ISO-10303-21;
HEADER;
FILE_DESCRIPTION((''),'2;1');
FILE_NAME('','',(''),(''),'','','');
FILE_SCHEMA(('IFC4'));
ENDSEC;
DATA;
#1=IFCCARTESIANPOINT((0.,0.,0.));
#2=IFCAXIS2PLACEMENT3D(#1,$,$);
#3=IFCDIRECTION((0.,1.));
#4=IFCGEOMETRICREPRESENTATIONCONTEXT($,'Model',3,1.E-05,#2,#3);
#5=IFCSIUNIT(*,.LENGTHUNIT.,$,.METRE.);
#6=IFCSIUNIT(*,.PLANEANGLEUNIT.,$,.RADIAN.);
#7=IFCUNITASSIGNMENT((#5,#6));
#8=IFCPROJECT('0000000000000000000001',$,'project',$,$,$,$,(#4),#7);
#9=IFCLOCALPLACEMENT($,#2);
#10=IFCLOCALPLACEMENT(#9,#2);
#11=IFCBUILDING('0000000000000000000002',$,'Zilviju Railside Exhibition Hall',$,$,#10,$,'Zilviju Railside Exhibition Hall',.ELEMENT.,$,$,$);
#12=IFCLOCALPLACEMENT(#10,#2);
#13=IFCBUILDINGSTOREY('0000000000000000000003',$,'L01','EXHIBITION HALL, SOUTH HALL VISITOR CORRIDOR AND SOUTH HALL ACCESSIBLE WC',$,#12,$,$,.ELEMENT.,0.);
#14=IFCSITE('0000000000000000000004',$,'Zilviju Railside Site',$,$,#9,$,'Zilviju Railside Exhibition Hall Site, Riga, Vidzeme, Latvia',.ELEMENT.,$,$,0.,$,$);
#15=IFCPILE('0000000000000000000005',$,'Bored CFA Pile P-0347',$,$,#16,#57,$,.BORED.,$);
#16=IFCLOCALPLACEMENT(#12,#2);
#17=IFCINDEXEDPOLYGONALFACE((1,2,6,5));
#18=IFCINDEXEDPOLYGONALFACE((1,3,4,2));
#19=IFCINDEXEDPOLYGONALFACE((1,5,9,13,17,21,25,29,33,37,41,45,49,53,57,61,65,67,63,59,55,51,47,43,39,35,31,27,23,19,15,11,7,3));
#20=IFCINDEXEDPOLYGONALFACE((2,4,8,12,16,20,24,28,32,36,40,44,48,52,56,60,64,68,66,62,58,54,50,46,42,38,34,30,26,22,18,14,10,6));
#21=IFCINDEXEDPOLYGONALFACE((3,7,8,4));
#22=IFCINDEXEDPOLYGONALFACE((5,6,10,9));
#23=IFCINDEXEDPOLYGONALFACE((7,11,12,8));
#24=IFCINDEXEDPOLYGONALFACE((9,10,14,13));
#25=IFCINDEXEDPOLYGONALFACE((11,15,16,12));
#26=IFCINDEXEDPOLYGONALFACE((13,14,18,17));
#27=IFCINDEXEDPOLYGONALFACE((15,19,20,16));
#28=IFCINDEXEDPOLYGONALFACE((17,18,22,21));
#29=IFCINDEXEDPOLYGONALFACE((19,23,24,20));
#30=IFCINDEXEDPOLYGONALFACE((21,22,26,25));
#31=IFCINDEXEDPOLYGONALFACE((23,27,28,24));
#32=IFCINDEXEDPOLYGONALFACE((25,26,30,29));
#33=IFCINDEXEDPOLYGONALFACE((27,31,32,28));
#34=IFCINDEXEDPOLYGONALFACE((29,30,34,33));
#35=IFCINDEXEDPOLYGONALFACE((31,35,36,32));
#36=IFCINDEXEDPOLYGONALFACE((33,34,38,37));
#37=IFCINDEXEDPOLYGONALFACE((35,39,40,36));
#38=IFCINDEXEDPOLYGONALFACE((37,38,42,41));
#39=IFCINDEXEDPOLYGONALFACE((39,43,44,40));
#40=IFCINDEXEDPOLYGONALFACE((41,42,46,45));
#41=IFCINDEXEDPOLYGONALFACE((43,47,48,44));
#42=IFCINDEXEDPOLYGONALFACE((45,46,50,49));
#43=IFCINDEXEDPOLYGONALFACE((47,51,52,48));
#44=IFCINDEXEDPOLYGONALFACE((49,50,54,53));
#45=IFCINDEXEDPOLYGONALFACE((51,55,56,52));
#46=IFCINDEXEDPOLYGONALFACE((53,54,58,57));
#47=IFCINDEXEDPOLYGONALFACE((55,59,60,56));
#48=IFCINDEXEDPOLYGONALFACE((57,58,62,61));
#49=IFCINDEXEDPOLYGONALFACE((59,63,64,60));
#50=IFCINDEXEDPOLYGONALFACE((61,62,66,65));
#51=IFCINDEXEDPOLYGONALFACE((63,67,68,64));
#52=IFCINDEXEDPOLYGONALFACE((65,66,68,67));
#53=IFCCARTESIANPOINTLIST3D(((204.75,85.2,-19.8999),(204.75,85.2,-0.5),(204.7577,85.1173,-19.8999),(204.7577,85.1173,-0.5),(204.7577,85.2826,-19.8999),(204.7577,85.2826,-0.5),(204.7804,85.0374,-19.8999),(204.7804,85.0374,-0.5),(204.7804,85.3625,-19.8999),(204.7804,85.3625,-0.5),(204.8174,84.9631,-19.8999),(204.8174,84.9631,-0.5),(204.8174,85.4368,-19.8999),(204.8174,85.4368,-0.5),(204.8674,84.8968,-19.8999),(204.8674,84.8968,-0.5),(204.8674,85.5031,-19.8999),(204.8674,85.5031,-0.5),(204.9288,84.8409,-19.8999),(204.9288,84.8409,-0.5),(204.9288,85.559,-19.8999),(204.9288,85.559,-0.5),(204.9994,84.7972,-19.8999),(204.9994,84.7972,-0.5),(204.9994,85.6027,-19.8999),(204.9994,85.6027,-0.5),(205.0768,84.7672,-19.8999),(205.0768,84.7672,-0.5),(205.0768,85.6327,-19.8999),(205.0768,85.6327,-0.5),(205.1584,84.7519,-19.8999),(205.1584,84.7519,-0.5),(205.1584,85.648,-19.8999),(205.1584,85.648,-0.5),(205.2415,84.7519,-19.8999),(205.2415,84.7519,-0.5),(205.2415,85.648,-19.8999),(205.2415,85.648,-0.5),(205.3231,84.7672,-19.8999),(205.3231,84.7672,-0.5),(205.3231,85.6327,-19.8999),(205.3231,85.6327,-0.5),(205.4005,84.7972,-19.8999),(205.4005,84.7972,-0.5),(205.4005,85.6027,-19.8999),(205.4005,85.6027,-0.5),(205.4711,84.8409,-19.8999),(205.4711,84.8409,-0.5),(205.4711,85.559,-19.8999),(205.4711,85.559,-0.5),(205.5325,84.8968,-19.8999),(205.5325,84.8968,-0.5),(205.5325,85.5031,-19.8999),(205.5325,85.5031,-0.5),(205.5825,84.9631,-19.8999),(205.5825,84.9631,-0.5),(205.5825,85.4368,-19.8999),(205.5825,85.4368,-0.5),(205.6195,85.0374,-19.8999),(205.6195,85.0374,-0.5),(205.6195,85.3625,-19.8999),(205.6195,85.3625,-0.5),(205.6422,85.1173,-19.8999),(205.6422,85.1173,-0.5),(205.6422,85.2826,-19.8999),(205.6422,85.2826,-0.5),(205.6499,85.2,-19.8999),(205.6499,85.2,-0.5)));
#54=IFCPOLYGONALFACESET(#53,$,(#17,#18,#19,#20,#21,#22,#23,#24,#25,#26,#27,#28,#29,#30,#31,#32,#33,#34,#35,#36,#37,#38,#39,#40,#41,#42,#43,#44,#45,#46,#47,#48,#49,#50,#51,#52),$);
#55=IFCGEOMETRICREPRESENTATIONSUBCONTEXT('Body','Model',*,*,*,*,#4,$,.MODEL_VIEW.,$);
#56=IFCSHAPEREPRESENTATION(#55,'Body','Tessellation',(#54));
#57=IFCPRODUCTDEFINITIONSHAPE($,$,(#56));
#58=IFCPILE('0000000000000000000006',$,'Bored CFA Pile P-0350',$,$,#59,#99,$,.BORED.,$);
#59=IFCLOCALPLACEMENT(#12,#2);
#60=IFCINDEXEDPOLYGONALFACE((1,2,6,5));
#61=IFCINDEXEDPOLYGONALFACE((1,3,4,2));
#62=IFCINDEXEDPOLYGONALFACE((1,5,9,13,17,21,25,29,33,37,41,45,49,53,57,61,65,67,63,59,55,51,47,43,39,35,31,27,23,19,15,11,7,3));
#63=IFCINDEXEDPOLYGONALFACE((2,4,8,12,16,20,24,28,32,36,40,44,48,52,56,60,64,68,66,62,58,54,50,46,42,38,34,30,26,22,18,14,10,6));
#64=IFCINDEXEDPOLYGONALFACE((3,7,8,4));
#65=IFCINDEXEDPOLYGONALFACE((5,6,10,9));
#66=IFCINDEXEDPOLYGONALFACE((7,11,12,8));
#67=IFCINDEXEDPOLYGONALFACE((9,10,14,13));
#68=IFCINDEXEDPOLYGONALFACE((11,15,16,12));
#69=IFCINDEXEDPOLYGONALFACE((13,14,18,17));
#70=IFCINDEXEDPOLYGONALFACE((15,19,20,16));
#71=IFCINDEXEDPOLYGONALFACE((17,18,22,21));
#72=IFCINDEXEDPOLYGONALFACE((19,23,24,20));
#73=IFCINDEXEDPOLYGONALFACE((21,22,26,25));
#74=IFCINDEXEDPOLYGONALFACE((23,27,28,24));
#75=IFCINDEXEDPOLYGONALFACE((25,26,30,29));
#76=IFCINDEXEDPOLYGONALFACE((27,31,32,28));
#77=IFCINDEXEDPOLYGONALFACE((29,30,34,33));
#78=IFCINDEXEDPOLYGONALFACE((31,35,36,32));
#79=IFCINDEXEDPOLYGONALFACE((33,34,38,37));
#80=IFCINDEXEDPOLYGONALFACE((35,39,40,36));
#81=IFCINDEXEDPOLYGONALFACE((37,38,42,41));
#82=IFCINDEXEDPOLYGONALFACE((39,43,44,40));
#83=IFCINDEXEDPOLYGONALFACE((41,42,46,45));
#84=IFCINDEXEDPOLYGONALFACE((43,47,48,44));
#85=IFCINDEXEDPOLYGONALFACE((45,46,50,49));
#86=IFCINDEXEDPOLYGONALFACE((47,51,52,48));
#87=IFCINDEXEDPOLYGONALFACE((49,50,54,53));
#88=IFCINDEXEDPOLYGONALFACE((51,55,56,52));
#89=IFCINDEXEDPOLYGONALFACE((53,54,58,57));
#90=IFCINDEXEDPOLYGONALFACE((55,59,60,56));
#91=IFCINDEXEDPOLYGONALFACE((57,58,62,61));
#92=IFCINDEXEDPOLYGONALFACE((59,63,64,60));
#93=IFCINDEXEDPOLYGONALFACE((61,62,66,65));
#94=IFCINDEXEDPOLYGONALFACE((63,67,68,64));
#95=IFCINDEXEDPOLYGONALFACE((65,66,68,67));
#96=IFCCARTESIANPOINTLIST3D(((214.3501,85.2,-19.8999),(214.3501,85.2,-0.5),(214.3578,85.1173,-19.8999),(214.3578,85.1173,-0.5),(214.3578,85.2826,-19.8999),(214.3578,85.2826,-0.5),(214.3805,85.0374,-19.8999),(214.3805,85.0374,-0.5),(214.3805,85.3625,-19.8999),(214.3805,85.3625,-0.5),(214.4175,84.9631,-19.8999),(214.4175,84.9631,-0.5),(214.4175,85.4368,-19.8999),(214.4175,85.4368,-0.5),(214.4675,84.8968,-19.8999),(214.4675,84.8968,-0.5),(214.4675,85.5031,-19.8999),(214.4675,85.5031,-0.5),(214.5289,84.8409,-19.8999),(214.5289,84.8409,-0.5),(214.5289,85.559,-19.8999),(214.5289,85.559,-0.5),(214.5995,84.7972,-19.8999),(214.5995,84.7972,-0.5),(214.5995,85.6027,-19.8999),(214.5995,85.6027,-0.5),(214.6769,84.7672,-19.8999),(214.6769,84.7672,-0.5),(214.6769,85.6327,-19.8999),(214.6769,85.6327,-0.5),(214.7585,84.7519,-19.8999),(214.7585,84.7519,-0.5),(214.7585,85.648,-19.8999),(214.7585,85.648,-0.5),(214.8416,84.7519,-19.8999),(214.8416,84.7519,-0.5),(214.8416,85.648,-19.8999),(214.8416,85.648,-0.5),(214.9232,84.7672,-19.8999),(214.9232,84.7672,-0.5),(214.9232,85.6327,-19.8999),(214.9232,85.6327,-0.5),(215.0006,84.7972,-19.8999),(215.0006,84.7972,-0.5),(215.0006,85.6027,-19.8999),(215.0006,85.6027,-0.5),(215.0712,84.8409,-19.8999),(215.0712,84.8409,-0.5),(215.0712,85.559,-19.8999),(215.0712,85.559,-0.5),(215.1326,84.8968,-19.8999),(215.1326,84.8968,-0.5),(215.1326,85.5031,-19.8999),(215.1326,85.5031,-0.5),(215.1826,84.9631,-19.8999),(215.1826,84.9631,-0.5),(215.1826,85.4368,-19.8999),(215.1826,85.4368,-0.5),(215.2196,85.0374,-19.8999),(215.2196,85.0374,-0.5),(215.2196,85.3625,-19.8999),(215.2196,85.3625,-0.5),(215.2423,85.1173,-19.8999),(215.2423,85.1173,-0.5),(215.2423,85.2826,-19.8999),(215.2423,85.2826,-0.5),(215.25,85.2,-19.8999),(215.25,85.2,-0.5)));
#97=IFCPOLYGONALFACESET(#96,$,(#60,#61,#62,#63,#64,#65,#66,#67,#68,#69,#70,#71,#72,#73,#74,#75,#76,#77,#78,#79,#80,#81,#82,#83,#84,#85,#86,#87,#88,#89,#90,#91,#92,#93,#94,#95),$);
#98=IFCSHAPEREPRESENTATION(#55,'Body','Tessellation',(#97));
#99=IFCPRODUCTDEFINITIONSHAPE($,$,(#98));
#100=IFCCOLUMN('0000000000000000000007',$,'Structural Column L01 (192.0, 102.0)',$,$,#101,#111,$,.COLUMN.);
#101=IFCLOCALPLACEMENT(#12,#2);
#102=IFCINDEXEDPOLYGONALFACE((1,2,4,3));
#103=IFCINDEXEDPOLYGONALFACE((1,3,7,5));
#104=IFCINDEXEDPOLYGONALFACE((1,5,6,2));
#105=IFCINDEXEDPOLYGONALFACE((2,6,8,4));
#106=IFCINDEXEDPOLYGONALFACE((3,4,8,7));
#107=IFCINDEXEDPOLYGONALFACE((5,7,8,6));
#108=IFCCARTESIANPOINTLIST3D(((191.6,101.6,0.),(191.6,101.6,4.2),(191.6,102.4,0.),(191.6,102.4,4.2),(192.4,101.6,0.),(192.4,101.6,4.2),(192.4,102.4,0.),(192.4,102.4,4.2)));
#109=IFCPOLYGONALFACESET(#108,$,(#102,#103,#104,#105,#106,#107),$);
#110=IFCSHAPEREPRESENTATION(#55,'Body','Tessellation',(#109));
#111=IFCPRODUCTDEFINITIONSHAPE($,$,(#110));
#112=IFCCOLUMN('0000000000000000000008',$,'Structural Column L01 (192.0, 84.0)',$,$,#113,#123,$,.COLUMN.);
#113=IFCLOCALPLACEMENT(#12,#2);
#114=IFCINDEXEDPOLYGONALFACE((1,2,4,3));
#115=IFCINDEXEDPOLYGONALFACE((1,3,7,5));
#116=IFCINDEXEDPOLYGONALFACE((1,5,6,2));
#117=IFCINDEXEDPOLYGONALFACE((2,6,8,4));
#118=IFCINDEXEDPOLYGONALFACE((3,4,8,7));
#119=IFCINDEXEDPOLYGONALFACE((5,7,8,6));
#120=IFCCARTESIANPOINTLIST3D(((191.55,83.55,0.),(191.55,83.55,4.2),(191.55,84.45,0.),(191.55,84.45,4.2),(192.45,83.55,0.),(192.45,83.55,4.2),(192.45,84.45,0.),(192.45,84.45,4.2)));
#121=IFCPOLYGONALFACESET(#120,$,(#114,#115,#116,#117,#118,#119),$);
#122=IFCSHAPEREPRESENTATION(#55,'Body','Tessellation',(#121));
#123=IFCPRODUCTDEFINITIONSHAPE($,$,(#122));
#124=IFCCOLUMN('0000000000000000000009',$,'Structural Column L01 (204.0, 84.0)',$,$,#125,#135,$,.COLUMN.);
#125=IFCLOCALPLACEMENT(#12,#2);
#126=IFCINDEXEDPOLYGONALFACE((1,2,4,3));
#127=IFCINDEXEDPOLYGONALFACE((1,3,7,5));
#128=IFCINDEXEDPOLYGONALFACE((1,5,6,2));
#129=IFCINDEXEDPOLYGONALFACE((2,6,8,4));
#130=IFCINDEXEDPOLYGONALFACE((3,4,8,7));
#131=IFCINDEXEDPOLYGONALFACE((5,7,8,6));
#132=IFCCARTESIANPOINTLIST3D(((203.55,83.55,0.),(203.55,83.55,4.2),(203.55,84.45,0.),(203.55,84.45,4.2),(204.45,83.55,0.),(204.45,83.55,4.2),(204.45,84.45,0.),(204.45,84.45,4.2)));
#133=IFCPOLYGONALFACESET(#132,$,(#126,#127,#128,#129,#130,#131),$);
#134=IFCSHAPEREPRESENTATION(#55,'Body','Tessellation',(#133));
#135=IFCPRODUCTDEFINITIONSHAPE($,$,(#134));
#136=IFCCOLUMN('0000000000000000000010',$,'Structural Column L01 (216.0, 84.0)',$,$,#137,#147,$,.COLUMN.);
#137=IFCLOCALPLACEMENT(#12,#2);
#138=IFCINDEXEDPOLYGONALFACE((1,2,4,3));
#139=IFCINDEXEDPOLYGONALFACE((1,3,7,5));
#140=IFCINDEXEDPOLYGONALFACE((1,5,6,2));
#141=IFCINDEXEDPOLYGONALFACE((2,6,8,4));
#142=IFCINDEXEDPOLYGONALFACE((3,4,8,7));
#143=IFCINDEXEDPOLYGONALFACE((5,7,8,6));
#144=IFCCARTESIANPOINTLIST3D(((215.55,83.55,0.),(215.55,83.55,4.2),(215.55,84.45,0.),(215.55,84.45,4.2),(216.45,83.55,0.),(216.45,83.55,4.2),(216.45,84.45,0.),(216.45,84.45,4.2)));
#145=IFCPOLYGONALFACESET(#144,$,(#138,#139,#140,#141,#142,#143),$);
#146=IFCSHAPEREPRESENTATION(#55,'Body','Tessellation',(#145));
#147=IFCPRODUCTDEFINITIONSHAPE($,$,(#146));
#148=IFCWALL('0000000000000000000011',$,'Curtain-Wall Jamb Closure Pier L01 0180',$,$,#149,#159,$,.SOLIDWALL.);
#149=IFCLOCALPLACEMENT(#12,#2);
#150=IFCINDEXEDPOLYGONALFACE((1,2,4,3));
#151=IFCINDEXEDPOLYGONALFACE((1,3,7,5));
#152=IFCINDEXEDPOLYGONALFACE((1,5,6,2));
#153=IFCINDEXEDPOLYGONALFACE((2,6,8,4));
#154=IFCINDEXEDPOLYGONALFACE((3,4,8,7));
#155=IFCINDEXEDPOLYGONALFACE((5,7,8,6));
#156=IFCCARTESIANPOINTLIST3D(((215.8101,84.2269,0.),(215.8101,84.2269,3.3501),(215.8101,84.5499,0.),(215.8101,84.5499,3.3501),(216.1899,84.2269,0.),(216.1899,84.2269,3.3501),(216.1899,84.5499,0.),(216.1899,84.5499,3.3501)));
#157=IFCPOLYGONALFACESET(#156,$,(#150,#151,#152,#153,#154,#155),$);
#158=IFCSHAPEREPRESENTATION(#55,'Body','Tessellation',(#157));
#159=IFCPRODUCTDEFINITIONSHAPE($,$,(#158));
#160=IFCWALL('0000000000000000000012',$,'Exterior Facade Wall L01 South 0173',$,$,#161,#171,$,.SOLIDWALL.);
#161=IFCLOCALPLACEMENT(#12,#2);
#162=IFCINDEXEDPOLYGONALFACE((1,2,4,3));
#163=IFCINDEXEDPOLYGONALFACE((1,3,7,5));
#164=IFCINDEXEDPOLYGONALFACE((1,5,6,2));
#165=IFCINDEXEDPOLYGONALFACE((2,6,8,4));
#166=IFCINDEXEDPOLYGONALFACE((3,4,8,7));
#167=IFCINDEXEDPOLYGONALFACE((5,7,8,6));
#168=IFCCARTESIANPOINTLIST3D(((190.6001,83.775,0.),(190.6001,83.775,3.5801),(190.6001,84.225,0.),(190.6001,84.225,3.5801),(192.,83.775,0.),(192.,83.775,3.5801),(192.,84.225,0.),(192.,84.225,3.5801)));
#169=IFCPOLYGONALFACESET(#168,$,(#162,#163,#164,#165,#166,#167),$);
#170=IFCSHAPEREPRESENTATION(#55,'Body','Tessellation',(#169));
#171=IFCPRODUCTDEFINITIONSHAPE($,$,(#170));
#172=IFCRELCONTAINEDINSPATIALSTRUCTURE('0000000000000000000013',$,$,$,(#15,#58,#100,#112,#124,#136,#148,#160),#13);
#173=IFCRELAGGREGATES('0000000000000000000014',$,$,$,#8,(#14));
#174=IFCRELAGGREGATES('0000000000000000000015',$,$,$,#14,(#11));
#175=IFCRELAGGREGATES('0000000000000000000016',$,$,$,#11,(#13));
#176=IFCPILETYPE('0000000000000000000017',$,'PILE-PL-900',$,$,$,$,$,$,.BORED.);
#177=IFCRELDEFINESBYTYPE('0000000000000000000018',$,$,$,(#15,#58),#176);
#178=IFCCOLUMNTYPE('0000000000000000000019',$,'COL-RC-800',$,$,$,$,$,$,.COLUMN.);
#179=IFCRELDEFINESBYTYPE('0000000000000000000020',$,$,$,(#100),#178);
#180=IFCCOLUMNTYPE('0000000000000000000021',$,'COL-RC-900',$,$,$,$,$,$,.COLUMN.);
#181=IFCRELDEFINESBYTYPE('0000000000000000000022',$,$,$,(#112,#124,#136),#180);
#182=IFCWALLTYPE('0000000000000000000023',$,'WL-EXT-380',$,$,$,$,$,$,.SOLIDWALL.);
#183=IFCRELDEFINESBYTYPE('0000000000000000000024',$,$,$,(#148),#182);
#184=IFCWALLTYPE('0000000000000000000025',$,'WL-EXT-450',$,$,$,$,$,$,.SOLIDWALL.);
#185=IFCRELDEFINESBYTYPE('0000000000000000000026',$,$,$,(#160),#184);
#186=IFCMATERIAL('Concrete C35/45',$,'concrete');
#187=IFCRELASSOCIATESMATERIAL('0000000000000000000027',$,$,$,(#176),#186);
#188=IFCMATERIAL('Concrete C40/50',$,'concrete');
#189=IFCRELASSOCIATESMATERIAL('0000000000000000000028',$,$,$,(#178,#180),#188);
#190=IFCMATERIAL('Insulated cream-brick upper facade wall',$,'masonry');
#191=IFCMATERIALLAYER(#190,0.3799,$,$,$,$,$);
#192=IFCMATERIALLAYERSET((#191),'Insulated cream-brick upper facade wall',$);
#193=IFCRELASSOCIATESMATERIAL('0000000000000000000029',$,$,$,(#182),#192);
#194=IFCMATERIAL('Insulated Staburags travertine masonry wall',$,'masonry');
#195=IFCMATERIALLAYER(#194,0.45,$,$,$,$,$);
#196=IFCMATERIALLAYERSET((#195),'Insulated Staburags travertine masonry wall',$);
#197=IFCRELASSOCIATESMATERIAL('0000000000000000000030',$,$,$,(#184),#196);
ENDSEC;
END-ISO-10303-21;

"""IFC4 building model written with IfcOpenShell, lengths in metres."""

from ifc_helpers import new_model, si_unit, direction, frame, frame_2d, origin, origin_2d, place, context, subcontext, project, spatial, rectangle, circle, extrude, material, layer, layer_set, material_profile, profile_set, type_object, element, save


model = new_model("IFC4")

# Units and contexts
model_context = context("Model", 3, precision=1e-05, world=origin(), true_north=direction((0.0, 1.0)))
body_context = subcontext(model_context, "Body", "Model", "MODEL_VIEW")
ifc_project = project(units=[si_unit("LENGTHUNIT", "METRE"), si_unit("PLANEANGLEUNIT", "RADIAN")], contexts=[model_context])

# Site, building, storey
site_placement = place(None, origin())
site = spatial("IfcSite", under=ifc_project, at=site_placement, Name="Zilviju Railside Site", LongName="Zilviju Railside Exhibition Hall Site, Riga, Vidzeme, Latvia", CompositionType="ELEMENT", RefElevation=0.0)
building_placement = place(site_placement, origin())
building = spatial("IfcBuilding", under=site, at=building_placement, Name="Zilviju Railside Exhibition Hall", LongName="Zilviju Railside Exhibition Hall", CompositionType="ELEMENT")
storey_placement = place(building_placement, origin())
storey = spatial("IfcBuildingStorey", under=building, at=storey_placement, Name="L01", Description="EXHIBITION HALL, SOUTH HALL VISITOR CORRIDOR AND SOUTH HALL ACCESSIBLE WC", CompositionType="ELEMENT", Elevation=0.0)

# Shared definitions
ifc_material_1 = material(Name="Concrete C35/45", Category="concrete")

# Piles
ifc_material_profile_1 = material_profile(ifc_material_1, circle(Radius=0.45, at=origin_2d()), Name="CFA PILE D900")
ifc_profile_set_1 = profile_set([ifc_material_profile_1], Name="Concrete C35/45")
pile_type = type_object("IfcPileType", Name="PILE-PL-900", PredefinedType="BORED", material=ifc_profile_set_1)
for number, where, z_axis, x_axis, name in (
    (1, (205.2, 85.2, -0.5), (0.0, 0.0, -1.0), (1.0, 0.0, 0.0), "Bored CFA Pile P-0347"),
    (2, (214.8, 85.2, -0.5), (0.0, 0.0, -1.0), (1.0, 0.0, 0.0), "Bored CFA Pile P-0350"),
):
    element("IfcPile", number, at=place(storey_placement, frame(where, z_axis=z_axis, x_axis=x_axis)), inside=storey, type_object=pile_type, Name=name, PredefinedType="BORED", context=body_context, shape_type="SweptSolid", body=[
        extrude(circle(Radius=0.45, at=origin_2d()), origin(), (0.0, 0.0, 1.0), 19.3999),
    ])

# Columns
ifc_material_2 = material(Name="Concrete C40/50", Category="concrete")
ifc_material_profile_2 = material_profile(ifc_material_2, rectangle(XDim=0.8, YDim=0.8, at=origin_2d()), Name="RC COL 800x800")
ifc_profile_set_2 = profile_set([ifc_material_profile_2], Name="Concrete C40/50")
column_type_1 = type_object("IfcColumnType", Name="COL-RC-800", PredefinedType="COLUMN", material=ifc_profile_set_2)
column_placement = place(storey_placement, frame((192.0, 102.0, 0.0), z_axis=(0.0, 0.0, 1.0), x_axis=(1.0, 0.0, 0.0)))
element("IfcColumn", 3, at=column_placement, inside=storey, type_object=column_type_1, Name="Structural Column L01 (192.0, 102.0)", PredefinedType="COLUMN", context=body_context, shape_type="SweptSolid", body=[
    extrude(rectangle(XDim=0.8, YDim=0.8, at=origin_2d()), origin(), (0.0, 0.0, 1.0), 4.2),
])
ifc_material_profile_3 = material_profile(ifc_material_2, rectangle(XDim=0.8999, YDim=0.8999, at=origin_2d()), Name="RC COL 900x900")
ifc_profile_set_3 = profile_set([ifc_material_profile_3], Name="Concrete C40/50")
column_type_2 = type_object("IfcColumnType", Name="COL-RC-900", PredefinedType="COLUMN", material=ifc_profile_set_3)
for number, where, z_axis, x_axis, name in (
    (4, (192.0, 84.0, 0.0), (0.0, 0.0, 1.0), (1.0, 0.0, 0.0), "Structural Column L01 (192.0, 84.0)"),
    (5, (204.0, 84.0, 0.0), (0.0, 0.0, 1.0), (1.0, 0.0, 0.0), "Structural Column L01 (204.0, 84.0)"),
    (6, (216.0, 84.0, 0.0), (0.0, 0.0, 1.0), (1.0, 0.0, 0.0), "Structural Column L01 (216.0, 84.0)"),
):
    element("IfcColumn", number, at=place(storey_placement, frame(where, z_axis=z_axis, x_axis=x_axis)), inside=storey, type_object=column_type_2, Name=name, PredefinedType="COLUMN", context=body_context, shape_type="SweptSolid", body=[
        extrude(rectangle(XDim=0.8999, YDim=0.8999, at=origin_2d()), origin(), (0.0, 0.0, 1.0), 4.2),
    ])

# Walls
ifc_material_3 = material(Name="Insulated cream-brick upper facade wall", Category="masonry")
ifc_layer_1 = layer(ifc_material_3, 0.3799)
ifc_layer_set_1 = layer_set([ifc_layer_1], Name="Insulated cream-brick upper facade wall")
wall_type_1 = type_object("IfcWallType", Name="WL-EXT-380", PredefinedType="SOLIDWALL", material=ifc_layer_set_1)
wall_1_placement = place(storey_placement, frame((216.0, 84.55, 0.0), z_axis=(0.0, 0.0, 1.0), x_axis=(0.0, -1.0, 0.0)))
element("IfcWall", 7, at=wall_1_placement, inside=storey, type_object=wall_type_1, Name="Curtain-Wall Jamb Closure Pier L01 0180", PredefinedType="SOLIDWALL", context=body_context, shape_type="SweptSolid", body=[
    extrude(rectangle(XDim=0.323, YDim=0.3799, at=frame_2d((0.1616, 0.0))), origin(), (0.0, 0.0, 1.0), 3.3501),
])
ifc_material_4 = material(Name="Insulated Staburags travertine masonry wall", Category="masonry")
ifc_layer_2 = layer(ifc_material_4, 0.45)
ifc_layer_set_2 = layer_set([ifc_layer_2], Name="Insulated Staburags travertine masonry wall")
wall_type_2 = type_object("IfcWallType", Name="WL-EXT-450", PredefinedType="SOLIDWALL", material=ifc_layer_set_2)
wall_2_placement = place(storey_placement, frame((192.0, 84.0, 0.0), z_axis=(0.0, 0.0, 1.0), x_axis=(-1.0, 0.0, 0.0)))
element("IfcWall", 8, at=wall_2_placement, inside=storey, type_object=wall_type_2, Name="Exterior Facade Wall L01 South 0173", PredefinedType="SOLIDWALL", context=body_context, shape_type="SweptSolid", body=[
    extrude(rectangle(XDim=1.3999, YDim=0.45, at=frame_2d((0.7, 0.0))), origin(), (0.0, 0.0, 1.0), 3.5801),
])

save(model, "model.ifc")
